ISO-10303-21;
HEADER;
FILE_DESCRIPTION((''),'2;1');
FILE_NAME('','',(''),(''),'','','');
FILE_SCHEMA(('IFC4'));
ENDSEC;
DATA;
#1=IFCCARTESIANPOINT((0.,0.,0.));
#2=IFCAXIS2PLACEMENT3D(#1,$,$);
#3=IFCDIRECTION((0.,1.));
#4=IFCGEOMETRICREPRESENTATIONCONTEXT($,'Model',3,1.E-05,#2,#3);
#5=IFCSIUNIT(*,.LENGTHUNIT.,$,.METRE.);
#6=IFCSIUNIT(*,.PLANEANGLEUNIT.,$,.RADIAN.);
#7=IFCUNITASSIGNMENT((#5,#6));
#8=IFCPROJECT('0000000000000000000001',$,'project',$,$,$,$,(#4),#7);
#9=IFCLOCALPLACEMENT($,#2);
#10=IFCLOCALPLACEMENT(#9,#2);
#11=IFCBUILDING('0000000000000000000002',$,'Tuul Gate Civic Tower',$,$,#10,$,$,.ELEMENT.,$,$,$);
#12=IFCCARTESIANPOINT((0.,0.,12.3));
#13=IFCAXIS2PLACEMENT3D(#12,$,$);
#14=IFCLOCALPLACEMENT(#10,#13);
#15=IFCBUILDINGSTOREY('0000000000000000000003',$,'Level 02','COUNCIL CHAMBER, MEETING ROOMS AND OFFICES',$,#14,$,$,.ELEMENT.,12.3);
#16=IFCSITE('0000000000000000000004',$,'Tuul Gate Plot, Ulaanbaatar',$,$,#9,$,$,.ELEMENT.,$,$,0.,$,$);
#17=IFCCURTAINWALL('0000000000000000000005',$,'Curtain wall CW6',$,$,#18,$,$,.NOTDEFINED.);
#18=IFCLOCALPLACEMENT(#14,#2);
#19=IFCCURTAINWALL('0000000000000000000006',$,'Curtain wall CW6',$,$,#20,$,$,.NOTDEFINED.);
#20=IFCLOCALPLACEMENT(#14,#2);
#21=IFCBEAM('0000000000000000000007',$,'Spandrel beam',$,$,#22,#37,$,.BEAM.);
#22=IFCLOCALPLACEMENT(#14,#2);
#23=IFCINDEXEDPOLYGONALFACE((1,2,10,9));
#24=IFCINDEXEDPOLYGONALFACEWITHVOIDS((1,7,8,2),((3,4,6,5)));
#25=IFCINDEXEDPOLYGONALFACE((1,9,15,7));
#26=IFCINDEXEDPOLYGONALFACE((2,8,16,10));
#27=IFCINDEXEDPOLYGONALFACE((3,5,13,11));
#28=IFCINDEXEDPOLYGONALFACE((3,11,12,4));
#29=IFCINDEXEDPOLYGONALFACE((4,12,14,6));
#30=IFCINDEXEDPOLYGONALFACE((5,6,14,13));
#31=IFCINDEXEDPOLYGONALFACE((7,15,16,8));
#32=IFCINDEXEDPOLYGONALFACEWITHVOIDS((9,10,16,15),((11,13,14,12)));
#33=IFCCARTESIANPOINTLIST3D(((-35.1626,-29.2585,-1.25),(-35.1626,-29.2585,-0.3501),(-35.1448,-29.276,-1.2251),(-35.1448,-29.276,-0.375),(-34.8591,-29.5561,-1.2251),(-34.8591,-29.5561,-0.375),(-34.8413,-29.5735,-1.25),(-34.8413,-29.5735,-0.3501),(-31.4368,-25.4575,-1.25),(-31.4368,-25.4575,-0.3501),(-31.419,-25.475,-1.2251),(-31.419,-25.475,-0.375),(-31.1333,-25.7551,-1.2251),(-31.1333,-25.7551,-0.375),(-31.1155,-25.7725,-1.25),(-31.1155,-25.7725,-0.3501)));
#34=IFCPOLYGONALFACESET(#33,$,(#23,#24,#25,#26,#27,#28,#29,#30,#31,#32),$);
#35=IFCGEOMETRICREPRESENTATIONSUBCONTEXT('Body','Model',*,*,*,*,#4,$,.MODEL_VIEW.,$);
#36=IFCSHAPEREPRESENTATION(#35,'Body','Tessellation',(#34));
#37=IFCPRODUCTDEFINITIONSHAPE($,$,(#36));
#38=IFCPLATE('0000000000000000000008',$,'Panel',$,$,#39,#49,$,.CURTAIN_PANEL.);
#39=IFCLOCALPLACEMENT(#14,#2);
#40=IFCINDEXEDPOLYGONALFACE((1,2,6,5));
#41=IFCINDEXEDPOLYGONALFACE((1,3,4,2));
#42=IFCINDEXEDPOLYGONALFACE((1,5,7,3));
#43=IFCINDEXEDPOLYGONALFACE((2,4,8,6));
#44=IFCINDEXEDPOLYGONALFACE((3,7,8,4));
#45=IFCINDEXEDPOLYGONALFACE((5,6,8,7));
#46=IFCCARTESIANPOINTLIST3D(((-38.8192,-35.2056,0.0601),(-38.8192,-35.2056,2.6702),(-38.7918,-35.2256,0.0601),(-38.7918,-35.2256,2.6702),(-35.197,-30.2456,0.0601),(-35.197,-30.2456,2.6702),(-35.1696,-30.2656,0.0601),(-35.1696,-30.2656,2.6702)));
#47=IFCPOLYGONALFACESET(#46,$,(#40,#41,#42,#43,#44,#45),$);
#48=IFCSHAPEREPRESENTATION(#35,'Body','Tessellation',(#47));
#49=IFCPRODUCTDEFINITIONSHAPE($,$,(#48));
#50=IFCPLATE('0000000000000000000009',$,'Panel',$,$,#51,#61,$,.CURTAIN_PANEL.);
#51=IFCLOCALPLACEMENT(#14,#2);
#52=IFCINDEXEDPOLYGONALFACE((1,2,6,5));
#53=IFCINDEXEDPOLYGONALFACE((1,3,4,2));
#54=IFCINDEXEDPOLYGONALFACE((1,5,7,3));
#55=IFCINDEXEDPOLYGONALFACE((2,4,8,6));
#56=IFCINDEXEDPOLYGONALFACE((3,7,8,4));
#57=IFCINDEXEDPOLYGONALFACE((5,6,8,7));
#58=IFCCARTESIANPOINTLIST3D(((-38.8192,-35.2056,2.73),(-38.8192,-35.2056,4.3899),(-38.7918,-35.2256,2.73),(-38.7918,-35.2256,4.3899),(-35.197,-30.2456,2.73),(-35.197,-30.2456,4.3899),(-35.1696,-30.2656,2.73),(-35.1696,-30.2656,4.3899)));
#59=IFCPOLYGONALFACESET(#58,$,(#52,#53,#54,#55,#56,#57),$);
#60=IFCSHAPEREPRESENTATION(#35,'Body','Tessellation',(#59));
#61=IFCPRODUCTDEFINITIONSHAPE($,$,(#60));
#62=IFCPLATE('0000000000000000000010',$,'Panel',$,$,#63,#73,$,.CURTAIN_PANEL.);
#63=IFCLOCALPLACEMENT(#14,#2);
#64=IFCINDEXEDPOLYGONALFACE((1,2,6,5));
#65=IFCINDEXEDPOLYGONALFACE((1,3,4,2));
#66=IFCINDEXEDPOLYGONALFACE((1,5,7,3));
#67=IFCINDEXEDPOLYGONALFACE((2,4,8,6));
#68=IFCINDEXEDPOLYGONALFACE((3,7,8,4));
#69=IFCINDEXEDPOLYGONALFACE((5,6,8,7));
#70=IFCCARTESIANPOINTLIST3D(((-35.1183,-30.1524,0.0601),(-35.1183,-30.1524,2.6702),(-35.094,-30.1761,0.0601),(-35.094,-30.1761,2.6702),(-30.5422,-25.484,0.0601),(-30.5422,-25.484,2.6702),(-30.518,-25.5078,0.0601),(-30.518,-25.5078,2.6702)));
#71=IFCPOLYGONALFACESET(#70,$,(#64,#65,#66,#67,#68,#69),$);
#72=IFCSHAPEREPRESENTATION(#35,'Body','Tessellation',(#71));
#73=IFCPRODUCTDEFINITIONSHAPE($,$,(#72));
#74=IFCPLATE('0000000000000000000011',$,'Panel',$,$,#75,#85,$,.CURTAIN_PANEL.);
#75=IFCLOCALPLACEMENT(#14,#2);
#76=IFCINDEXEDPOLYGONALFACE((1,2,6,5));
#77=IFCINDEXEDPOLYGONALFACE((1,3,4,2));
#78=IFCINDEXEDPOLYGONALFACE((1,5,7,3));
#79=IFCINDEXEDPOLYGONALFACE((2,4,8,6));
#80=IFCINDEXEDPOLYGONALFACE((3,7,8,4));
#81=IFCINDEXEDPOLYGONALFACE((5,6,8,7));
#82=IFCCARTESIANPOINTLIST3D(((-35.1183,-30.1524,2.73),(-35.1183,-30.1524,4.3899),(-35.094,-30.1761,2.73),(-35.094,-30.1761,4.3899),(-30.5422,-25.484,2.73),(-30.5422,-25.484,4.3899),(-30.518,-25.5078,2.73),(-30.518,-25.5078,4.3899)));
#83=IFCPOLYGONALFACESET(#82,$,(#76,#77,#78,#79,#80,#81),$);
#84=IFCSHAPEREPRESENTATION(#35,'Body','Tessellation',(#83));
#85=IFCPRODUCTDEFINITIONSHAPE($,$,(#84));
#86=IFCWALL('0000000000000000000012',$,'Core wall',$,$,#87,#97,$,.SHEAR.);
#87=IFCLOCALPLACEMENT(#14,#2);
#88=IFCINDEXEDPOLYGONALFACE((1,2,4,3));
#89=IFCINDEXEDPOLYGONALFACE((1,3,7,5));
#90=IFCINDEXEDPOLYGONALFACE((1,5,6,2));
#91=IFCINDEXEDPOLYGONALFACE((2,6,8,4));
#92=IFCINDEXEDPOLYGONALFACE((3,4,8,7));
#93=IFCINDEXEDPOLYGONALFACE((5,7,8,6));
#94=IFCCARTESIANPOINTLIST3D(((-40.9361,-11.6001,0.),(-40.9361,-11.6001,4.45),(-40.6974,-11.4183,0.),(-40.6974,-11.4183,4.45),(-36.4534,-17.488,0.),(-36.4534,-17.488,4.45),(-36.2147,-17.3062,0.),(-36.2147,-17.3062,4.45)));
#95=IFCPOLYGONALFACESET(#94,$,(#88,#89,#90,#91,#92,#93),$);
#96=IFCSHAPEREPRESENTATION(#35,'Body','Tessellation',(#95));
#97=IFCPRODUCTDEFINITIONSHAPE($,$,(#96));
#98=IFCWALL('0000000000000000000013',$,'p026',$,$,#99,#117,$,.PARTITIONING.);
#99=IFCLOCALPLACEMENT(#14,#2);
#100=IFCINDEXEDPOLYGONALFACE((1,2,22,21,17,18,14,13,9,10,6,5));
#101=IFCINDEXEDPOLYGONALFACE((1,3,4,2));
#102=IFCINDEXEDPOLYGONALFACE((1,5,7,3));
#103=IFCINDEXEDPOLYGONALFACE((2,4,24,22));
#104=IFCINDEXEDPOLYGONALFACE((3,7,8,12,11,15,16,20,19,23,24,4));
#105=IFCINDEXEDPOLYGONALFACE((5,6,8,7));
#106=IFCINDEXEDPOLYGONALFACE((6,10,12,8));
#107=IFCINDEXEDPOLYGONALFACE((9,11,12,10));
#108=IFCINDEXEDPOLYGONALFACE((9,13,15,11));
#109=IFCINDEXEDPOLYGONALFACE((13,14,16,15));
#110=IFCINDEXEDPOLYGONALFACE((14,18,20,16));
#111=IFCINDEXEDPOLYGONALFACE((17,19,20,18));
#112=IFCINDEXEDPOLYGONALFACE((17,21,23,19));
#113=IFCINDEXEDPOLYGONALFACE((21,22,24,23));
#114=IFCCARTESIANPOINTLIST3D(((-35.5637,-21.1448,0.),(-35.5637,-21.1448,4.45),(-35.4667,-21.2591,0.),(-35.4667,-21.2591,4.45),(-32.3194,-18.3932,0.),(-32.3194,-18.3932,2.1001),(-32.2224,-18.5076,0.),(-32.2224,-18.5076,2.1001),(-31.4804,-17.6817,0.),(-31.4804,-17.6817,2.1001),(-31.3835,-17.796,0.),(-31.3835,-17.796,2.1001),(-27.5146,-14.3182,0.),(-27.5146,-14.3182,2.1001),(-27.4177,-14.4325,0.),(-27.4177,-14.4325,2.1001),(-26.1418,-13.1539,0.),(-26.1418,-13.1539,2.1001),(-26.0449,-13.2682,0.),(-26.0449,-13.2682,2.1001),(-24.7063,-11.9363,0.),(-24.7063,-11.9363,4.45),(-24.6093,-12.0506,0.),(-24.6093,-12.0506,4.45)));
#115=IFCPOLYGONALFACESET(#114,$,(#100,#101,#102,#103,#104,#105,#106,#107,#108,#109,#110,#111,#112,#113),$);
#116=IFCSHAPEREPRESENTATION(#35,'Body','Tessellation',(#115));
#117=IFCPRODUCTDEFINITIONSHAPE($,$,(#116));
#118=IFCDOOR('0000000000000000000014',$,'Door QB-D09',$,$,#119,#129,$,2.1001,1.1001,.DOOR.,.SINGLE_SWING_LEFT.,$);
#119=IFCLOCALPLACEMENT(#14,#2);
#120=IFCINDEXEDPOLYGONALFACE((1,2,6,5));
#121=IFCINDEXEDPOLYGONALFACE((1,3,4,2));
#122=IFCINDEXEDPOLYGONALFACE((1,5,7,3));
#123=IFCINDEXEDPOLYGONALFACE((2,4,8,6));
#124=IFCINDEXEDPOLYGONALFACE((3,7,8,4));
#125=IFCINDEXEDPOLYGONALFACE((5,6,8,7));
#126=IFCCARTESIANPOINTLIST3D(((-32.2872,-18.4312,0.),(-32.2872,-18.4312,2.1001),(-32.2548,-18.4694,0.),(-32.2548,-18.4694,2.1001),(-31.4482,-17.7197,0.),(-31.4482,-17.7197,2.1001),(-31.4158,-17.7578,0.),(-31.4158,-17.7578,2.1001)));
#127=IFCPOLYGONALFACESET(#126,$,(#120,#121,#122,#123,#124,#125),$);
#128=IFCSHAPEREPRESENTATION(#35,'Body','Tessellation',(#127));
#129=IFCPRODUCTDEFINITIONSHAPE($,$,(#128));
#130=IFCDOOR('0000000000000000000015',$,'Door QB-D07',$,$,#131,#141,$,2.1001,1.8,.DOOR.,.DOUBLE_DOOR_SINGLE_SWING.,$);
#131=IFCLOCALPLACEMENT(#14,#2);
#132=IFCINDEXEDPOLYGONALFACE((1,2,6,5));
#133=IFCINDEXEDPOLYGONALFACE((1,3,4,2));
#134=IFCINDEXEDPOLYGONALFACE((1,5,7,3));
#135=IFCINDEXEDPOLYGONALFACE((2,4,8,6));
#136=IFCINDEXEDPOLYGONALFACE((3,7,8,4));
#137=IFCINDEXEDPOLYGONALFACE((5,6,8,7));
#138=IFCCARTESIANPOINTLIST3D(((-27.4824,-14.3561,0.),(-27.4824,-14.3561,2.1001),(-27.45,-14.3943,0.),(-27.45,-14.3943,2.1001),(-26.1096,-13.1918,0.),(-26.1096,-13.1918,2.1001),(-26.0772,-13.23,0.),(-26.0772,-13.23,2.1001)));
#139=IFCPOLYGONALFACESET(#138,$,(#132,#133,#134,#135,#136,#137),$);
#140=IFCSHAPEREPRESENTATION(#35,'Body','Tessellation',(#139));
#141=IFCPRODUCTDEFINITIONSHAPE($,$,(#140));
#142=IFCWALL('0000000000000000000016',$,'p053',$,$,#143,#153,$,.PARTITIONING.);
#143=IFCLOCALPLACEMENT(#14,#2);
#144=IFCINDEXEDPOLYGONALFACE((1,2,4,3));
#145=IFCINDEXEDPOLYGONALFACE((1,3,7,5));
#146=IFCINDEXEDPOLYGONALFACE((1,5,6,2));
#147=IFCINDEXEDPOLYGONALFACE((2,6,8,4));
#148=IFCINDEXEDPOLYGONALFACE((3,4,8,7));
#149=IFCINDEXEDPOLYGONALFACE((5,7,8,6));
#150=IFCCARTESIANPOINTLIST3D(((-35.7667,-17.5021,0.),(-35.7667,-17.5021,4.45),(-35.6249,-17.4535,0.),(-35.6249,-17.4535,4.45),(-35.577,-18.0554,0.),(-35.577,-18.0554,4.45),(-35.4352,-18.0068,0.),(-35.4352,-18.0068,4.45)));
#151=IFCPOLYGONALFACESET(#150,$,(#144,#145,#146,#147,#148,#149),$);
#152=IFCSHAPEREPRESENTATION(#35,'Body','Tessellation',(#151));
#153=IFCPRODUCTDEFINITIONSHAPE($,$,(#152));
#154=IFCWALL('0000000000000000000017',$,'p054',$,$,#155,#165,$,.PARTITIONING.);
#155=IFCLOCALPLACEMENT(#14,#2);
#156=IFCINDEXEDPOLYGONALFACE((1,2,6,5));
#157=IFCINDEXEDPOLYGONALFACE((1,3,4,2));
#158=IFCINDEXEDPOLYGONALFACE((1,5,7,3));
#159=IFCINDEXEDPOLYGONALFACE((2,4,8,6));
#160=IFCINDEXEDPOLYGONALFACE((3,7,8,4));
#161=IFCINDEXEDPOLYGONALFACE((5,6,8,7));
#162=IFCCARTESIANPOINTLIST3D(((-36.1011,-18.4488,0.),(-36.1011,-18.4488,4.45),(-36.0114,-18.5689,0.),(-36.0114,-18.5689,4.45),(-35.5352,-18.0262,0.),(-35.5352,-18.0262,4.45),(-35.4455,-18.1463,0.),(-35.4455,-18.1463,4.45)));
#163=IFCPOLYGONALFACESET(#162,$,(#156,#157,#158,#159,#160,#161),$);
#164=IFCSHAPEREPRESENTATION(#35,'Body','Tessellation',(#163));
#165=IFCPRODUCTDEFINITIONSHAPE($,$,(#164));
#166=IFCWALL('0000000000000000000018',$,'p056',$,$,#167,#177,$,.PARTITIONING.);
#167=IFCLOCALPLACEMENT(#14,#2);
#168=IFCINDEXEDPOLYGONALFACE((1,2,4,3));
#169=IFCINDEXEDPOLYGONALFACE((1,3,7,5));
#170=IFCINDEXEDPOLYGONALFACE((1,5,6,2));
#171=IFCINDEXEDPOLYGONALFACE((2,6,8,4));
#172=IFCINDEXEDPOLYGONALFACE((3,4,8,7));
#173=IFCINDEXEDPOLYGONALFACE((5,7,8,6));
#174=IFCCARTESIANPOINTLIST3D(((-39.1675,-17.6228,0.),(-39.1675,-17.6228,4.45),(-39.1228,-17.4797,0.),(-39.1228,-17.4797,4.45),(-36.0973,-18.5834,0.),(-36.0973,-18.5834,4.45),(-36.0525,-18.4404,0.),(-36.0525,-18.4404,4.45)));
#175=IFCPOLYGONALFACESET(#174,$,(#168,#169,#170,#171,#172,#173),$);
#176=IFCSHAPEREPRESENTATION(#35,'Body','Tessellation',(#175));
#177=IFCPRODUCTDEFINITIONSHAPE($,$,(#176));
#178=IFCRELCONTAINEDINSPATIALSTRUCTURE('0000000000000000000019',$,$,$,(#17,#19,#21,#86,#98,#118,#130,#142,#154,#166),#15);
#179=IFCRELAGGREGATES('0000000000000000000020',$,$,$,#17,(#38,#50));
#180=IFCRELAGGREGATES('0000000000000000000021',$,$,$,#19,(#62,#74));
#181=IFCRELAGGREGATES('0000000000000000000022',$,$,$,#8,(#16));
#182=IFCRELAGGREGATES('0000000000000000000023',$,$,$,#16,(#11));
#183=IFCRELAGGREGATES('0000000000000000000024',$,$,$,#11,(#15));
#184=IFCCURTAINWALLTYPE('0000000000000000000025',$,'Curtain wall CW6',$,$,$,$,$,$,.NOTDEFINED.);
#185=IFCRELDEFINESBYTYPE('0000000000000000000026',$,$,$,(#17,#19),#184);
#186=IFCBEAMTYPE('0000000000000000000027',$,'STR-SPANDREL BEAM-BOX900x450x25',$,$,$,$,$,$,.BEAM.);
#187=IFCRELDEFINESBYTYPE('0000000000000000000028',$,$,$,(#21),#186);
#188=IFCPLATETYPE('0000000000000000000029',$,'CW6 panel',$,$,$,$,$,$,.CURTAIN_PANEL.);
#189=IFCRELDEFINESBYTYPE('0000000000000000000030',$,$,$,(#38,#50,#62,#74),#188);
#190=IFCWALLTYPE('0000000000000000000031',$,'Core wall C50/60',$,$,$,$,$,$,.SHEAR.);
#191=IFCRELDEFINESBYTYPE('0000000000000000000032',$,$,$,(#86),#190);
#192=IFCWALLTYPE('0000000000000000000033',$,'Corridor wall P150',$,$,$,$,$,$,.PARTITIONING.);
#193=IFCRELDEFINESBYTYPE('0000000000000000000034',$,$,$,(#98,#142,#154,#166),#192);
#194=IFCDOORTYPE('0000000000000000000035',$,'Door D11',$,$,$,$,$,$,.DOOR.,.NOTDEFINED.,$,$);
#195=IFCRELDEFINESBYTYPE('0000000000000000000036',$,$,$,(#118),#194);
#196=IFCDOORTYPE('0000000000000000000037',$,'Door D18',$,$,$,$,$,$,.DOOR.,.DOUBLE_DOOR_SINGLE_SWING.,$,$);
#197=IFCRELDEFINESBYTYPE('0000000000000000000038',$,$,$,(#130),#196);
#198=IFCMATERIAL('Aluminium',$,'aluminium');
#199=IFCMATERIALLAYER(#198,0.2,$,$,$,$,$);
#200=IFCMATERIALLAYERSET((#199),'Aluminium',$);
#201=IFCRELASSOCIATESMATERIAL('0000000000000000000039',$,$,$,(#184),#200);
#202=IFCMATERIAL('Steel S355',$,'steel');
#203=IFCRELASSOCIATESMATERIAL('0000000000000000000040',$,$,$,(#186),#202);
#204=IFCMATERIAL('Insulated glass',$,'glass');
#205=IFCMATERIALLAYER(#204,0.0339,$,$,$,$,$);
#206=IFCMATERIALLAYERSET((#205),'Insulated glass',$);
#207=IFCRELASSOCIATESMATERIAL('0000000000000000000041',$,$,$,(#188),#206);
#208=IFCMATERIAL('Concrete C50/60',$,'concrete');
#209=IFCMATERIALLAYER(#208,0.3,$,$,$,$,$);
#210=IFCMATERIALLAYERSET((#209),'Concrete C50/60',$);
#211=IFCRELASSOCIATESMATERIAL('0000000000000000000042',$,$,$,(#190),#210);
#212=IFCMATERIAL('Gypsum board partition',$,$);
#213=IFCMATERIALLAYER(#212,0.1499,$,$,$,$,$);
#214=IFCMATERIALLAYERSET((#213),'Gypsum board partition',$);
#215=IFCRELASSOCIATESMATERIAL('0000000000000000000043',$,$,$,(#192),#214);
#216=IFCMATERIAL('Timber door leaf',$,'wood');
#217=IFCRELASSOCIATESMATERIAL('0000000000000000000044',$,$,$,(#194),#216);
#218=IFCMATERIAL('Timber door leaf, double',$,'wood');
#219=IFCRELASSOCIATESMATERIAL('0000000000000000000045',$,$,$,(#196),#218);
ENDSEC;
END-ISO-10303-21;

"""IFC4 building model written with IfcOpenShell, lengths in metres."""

from ifc_helpers import new_model, si_unit, direction, frame, frame_2d, origin, origin_2d, place, context, subcontext, project, spatial, rectangle, hollow_rectangle, extrude, material, layer, layer_set, material_profile, profile_set, type_object, element, fill, aggregate, save


model = new_model("IFC4")

# Units and contexts
model_context = context("Model", 3, precision=1e-05, world=origin(), true_north=direction((0.0, 1.0)))
body_context = subcontext(model_context, "Body", "Model", "MODEL_VIEW")
ifc_project = project(units=[si_unit("LENGTHUNIT", "METRE"), si_unit("PLANEANGLEUNIT", "RADIAN")], contexts=[model_context])

# Site, building, storey
site_placement = place(None, origin())
site = spatial("IfcSite", under=ifc_project, at=site_placement, Name="Tuul Gate Plot, Ulaanbaatar", CompositionType="ELEMENT", RefElevation=0.0)
building_placement = place(site_placement, origin())
building = spatial("IfcBuilding", under=site, at=building_placement, Name="Tuul Gate Civic Tower", CompositionType="ELEMENT")
storey_placement = place(building_placement, frame((0.0, 0.0, 12.3)))
storey = spatial("IfcBuildingStorey", under=building, at=storey_placement, Name="Level 02", Description="COUNCIL CHAMBER, MEETING ROOMS AND OFFICES", CompositionType="ELEMENT", Elevation=12.3)

# Curtain wall
ifc_material_1 = material(Name="Aluminium", Category="aluminium")
ifc_layer_1 = layer(ifc_material_1, 0.2)
ifc_layer_set_1 = layer_set([ifc_layer_1], Name="Aluminium")
curtain_wall_type = type_object("IfcCurtainWallType", Name="Curtain wall CW6", PredefinedType="NOTDEFINED", material=ifc_layer_set_1)
curtain_wall_1_placement = place(storey_placement, origin())
curtain_wall_1 = element("IfcCurtainWall", 1, at=curtain_wall_1_placement, inside=storey, type_object=curtain_wall_type, Name="Curtain wall CW6", PredefinedType="NOTDEFINED")

# Curtain wall
curtain_wall_2_placement = place(storey_placement, origin())
curtain_wall_2 = element("IfcCurtainWall", 2, at=curtain_wall_2_placement, inside=storey, type_object=curtain_wall_type, Name="Curtain wall CW6", PredefinedType="NOTDEFINED")

# Beam
ifc_material_2 = material(Name="Steel S355", Category="steel")
ifc_material_profile_1 = material_profile(ifc_material_2, hollow_rectangle(XDim=0.45, YDim=0.8999, WallThickness=0.0249, at=origin_2d()), Name="BOX900x450x25")
ifc_profile_set_1 = profile_set([ifc_material_profile_1], Name="Steel S355")
beam_type_1 = type_object("IfcBeamType", Name="STR-SPANDREL BEAM-BOX900x450x25", PredefinedType="BEAM", material=ifc_profile_set_1)
beam_1_placement = place(storey_placement, frame((-35.002, -29.416, -0.8), z_axis=(0.700008, 0.714135, 0.0), x_axis=(-0.714135, 0.700008, 0.0)))
element("IfcBeam", 3, at=beam_1_placement, inside=storey, type_object=beam_type_1, Name="Spandrel beam", PredefinedType="BEAM", context=body_context, shape_type="SweptSolid", body=[
    extrude(hollow_rectangle(XDim=0.45, YDim=0.8999, WallThickness=0.0249, at=origin_2d()), origin(), (0.0, 0.0, 1.0), 5.3225),
])

# Plates
ifc_material_3 = material(Name="Insulated glass", Category="glass")
ifc_layer_2 = layer(ifc_material_3, 0.0339)
ifc_layer_set_2 = layer_set([ifc_layer_2], Name="Insulated glass")
plate_type = type_object("IfcPlateType", Name="CW6 panel", PredefinedType="CURTAIN_PANEL", material=ifc_layer_set_2)
plate_1_placement = place(storey_placement, frame((-36.9944, -32.7356, 0.0601), z_axis=(0.0, 0.0, 1.0), x_axis=(0.589756, 0.807581, 0.0)))
plate_1 = element("IfcPlate", 4, at=plate_1_placement, type_object=plate_type, Name="Panel", PredefinedType="CURTAIN_PANEL", context=body_context, shape_type="SweptSolid", body=[
    extrude(rectangle(XDim=6.1418, YDim=0.0339, at=origin_2d()), origin(), (0.0, 0.0, 1.0), 2.6101),
])
plate_2_placement = place(storey_placement, frame((-36.9944, -32.7356, 2.73), z_axis=(0.0, 0.0, 1.0), x_axis=(0.589756, 0.807581, 0.0)))
plate_2 = element("IfcPlate", 5, at=plate_2_placement, type_object=plate_type, Name="Panel", PredefinedType="CURTAIN_PANEL", context=body_context, shape_type="SweptSolid", body=[
    extrude(rectangle(XDim=6.1418, YDim=0.0339, at=origin_2d()), origin(), (0.0, 0.0, 1.0), 1.6599),
])
aggregate(curtain_wall_1, [plate_1, plate_2])
plate_3_placement = place(storey_placement, frame((-32.8181, -27.8301, 0.0601), z_axis=(0.0, 0.0, 1.0), x_axis=(0.700011, 0.714132, 0.0)))
plate_3 = element("IfcPlate", 6, at=plate_3_placement, type_object=plate_type, Name="Panel", PredefinedType="CURTAIN_PANEL", context=body_context, shape_type="SweptSolid", body=[
    extrude(rectangle(XDim=6.5371, YDim=0.0339, at=origin_2d()), origin(), (0.0, 0.0, 1.0), 2.6101),
])
plate_4_placement = place(storey_placement, frame((-32.8181, -27.8301, 2.73), z_axis=(0.0, 0.0, 1.0), x_axis=(0.700011, 0.714132, 0.0)))
plate_4 = element("IfcPlate", 7, at=plate_4_placement, type_object=plate_type, Name="Panel", PredefinedType="CURTAIN_PANEL", context=body_context, shape_type="SweptSolid", body=[
    extrude(rectangle(XDim=6.5371, YDim=0.0339, at=origin_2d()), origin(), (0.0, 0.0, 1.0), 1.6599),
])
aggregate(curtain_wall_2, [plate_3, plate_4])

# Wall
ifc_material_4 = material(Name="Concrete C50/60", Category="concrete")
ifc_layer_3 = layer(ifc_material_4, 0.3)
ifc_layer_set_3 = layer_set([ifc_layer_3], Name="Concrete C50/60")
wall_type_1 = type_object("IfcWallType", Name="Core wall C50/60", PredefinedType="SHEAR", material=ifc_layer_set_3)
wall_1_placement = place(storey_placement, frame((-36.334, -17.3972, 0.0), z_axis=(0.0, 0.0, 1.0), x_axis=(-0.605754, 0.795652, 0.0)))
element("IfcWall", 8, at=wall_1_placement, inside=storey, type_object=wall_type_1, Name="Core wall", PredefinedType="SHEAR", context=body_context, shape_type="SweptSolid", body=[
    extrude(rectangle(XDim=7.4001, YDim=0.3, at=frame_2d((3.7002, 0.0))), origin(), (0.0, 0.0, 1.0), 4.45),
])

# Wall, openings, doors
ifc_material_5 = material(Name="Gypsum board partition")
ifc_layer_4 = layer(ifc_material_5, 0.1499)
ifc_layer_set_4 = layer_set([ifc_layer_4], Name="Gypsum board partition")
wall_type_2 = type_object("IfcWallType", Name="Corridor wall P150", PredefinedType="PARTITIONING", material=ifc_layer_set_4)
wall_2_placement = place(storey_placement, frame((-35.5151, -21.2019, 0.0), z_axis=(0.0, 0.0, 1.0), x_axis=(0.762643, 0.64682, 0.0)))
wall_2 = element("IfcWall", 9, at=wall_2_placement, inside=storey, type_object=wall_type_2, Name="p026", PredefinedType="PARTITIONING", context=body_context, shape_type="SweptSolid", body=[
    extrude(rectangle(XDim=14.2366, YDim=0.1499, at=frame_2d((7.1182, 0.0))), origin(), (0.0, 0.0, 1.0), 4.45),
])
opening_1_placement = place(wall_2_placement, frame((10.5542, 0.0, 0.0)))
opening_1 = element("IfcOpeningElement", 10, at=opening_1_placement, cuts=wall_2, PredefinedType="OPENING", context=body_context, shape_type="SweptSolid", body=[
    extrude(rectangle(XDim=1.8, YDim=2.1001, at=frame_2d((0.8999, 1.05))), frame((0.0, 0.085, 0.0), z_axis=(0.0, -1.0, 0.0), x_axis=(1.0, 0.0, 0.0)), (0.0, 0.0, 1.0), 0.1699),
])
opening_2_placement = place(wall_2_placement, frame((4.2539, 0.0, 0.0)))
opening_2 = element("IfcOpeningElement", 11, at=opening_2_placement, cuts=wall_2, PredefinedType="OPENING", context=body_context, shape_type="SweptSolid", body=[
    extrude(rectangle(XDim=1.1001, YDim=2.1001, at=frame_2d((0.55, 1.05))), frame((0.0, 0.085, 0.0), z_axis=(0.0, -1.0, 0.0), x_axis=(1.0, 0.0, 0.0)), (0.0, 0.0, 1.0), 0.1699),
])
ifc_material_6 = material(Name="Timber door leaf", Category="wood")
door_type_1 = type_object("IfcDoorType", Name="Door D11", OperationType="NOTDEFINED", PredefinedType="DOOR", material=ifc_material_6)
door_1_placement = place(opening_2_placement, frame((1.1001, 0.0, 0.0), z_axis=(0.0, 0.0, 1.0), x_axis=(-1.0, 0.0, 0.0)))
door_1 = element("IfcDoor", 12, at=door_1_placement, inside=storey, type_object=door_type_1, Name="Door QB-D09", OperationType="SINGLE_SWING_LEFT", OverallHeight=2.1001, OverallWidth=1.1001, PredefinedType="DOOR", context=body_context, shape_type="SweptSolid", body=[
    extrude(rectangle(XDim=1.1001, YDim=2.1001, at=frame_2d((0.55, 1.05))), frame((0.0, 0.0249, 0.0), z_axis=(0.0, -1.0, 0.0), x_axis=(1.0, 0.0, 0.0)), (0.0, 0.0, 1.0), 0.05),
])
fill(opening_2, door_1)
ifc_material_7 = material(Name="Timber door leaf, double", Category="wood")
door_type_2 = type_object("IfcDoorType", Name="Door D18", OperationType="DOUBLE_DOOR_SINGLE_SWING", PredefinedType="DOOR", material=ifc_material_7)
door_2_placement = place(opening_1_placement, frame((1.8, 0.0, 0.0), z_axis=(0.0, 0.0, 1.0), x_axis=(-1.0, 0.0, 0.0)))
door_2 = element("IfcDoor", 13, at=door_2_placement, inside=storey, type_object=door_type_2, Name="Door QB-D07", OperationType="DOUBLE_DOOR_SINGLE_SWING", OverallHeight=2.1001, OverallWidth=1.8, PredefinedType="DOOR", context=body_context, shape_type="SweptSolid", body=[
    extrude(rectangle(XDim=1.8, YDim=2.1001, at=frame_2d((0.9001, 1.05))), frame((0.0, 0.0249, 0.0), z_axis=(0.0, -1.0, 0.0), x_axis=(1.0, 0.0, 0.0)), (0.0, 0.0, 1.0), 0.05),
])
fill(opening_1, door_2)

# Walls
wall_3_placement = place(storey_placement, frame((-35.6958, -17.4778, 0.0), z_axis=(0.0, 0.0, 1.0), x_axis=(0.324228, -0.945979, 0.0)))
element("IfcWall", 14, at=wall_3_placement, inside=storey, type_object=wall_type_2, Name="p053", PredefinedType="PARTITIONING", context=body_context, shape_type="SweptSolid", body=[
    extrude(rectangle(XDim=0.585, YDim=0.1499, at=frame_2d((0.2925, 0.0))), origin(), (0.0, 0.0, 1.0), 4.45),
])
wall_4_placement = place(storey_placement, frame((-36.0562, -18.5088, 0.0), z_axis=(0.0, 0.0, 1.0), x_axis=(0.801243, 0.59834, 0.0)))
element("IfcWall", 15, at=wall_4_placement, inside=storey, type_object=wall_type_2, Name="p054", PredefinedType="PARTITIONING", context=body_context, shape_type="SweptSolid", body=[
    extrude(rectangle(XDim=0.7063, YDim=0.1499, at=frame_2d((0.353, 0.0))), origin(), (0.0, 0.0, 1.0), 4.45),
])
wall_5_placement = place(storey_placement, frame((-39.145, -17.5513, 0.0), z_axis=(0.0, 0.0, 1.0), x_axis=(0.954372, -0.298621, 0.0)))
element("IfcWall", 16, at=wall_5_placement, inside=storey, type_object=wall_type_2, Name="p056", PredefinedType="PARTITIONING", context=body_context, shape_type="SweptSolid", body=[
    extrude(rectangle(XDim=3.217, YDim=0.1499, at=frame_2d((1.6084, 0.0))), origin(), (0.0, 0.0, 1.0), 4.45),
])

save(model, "model.ifc")
